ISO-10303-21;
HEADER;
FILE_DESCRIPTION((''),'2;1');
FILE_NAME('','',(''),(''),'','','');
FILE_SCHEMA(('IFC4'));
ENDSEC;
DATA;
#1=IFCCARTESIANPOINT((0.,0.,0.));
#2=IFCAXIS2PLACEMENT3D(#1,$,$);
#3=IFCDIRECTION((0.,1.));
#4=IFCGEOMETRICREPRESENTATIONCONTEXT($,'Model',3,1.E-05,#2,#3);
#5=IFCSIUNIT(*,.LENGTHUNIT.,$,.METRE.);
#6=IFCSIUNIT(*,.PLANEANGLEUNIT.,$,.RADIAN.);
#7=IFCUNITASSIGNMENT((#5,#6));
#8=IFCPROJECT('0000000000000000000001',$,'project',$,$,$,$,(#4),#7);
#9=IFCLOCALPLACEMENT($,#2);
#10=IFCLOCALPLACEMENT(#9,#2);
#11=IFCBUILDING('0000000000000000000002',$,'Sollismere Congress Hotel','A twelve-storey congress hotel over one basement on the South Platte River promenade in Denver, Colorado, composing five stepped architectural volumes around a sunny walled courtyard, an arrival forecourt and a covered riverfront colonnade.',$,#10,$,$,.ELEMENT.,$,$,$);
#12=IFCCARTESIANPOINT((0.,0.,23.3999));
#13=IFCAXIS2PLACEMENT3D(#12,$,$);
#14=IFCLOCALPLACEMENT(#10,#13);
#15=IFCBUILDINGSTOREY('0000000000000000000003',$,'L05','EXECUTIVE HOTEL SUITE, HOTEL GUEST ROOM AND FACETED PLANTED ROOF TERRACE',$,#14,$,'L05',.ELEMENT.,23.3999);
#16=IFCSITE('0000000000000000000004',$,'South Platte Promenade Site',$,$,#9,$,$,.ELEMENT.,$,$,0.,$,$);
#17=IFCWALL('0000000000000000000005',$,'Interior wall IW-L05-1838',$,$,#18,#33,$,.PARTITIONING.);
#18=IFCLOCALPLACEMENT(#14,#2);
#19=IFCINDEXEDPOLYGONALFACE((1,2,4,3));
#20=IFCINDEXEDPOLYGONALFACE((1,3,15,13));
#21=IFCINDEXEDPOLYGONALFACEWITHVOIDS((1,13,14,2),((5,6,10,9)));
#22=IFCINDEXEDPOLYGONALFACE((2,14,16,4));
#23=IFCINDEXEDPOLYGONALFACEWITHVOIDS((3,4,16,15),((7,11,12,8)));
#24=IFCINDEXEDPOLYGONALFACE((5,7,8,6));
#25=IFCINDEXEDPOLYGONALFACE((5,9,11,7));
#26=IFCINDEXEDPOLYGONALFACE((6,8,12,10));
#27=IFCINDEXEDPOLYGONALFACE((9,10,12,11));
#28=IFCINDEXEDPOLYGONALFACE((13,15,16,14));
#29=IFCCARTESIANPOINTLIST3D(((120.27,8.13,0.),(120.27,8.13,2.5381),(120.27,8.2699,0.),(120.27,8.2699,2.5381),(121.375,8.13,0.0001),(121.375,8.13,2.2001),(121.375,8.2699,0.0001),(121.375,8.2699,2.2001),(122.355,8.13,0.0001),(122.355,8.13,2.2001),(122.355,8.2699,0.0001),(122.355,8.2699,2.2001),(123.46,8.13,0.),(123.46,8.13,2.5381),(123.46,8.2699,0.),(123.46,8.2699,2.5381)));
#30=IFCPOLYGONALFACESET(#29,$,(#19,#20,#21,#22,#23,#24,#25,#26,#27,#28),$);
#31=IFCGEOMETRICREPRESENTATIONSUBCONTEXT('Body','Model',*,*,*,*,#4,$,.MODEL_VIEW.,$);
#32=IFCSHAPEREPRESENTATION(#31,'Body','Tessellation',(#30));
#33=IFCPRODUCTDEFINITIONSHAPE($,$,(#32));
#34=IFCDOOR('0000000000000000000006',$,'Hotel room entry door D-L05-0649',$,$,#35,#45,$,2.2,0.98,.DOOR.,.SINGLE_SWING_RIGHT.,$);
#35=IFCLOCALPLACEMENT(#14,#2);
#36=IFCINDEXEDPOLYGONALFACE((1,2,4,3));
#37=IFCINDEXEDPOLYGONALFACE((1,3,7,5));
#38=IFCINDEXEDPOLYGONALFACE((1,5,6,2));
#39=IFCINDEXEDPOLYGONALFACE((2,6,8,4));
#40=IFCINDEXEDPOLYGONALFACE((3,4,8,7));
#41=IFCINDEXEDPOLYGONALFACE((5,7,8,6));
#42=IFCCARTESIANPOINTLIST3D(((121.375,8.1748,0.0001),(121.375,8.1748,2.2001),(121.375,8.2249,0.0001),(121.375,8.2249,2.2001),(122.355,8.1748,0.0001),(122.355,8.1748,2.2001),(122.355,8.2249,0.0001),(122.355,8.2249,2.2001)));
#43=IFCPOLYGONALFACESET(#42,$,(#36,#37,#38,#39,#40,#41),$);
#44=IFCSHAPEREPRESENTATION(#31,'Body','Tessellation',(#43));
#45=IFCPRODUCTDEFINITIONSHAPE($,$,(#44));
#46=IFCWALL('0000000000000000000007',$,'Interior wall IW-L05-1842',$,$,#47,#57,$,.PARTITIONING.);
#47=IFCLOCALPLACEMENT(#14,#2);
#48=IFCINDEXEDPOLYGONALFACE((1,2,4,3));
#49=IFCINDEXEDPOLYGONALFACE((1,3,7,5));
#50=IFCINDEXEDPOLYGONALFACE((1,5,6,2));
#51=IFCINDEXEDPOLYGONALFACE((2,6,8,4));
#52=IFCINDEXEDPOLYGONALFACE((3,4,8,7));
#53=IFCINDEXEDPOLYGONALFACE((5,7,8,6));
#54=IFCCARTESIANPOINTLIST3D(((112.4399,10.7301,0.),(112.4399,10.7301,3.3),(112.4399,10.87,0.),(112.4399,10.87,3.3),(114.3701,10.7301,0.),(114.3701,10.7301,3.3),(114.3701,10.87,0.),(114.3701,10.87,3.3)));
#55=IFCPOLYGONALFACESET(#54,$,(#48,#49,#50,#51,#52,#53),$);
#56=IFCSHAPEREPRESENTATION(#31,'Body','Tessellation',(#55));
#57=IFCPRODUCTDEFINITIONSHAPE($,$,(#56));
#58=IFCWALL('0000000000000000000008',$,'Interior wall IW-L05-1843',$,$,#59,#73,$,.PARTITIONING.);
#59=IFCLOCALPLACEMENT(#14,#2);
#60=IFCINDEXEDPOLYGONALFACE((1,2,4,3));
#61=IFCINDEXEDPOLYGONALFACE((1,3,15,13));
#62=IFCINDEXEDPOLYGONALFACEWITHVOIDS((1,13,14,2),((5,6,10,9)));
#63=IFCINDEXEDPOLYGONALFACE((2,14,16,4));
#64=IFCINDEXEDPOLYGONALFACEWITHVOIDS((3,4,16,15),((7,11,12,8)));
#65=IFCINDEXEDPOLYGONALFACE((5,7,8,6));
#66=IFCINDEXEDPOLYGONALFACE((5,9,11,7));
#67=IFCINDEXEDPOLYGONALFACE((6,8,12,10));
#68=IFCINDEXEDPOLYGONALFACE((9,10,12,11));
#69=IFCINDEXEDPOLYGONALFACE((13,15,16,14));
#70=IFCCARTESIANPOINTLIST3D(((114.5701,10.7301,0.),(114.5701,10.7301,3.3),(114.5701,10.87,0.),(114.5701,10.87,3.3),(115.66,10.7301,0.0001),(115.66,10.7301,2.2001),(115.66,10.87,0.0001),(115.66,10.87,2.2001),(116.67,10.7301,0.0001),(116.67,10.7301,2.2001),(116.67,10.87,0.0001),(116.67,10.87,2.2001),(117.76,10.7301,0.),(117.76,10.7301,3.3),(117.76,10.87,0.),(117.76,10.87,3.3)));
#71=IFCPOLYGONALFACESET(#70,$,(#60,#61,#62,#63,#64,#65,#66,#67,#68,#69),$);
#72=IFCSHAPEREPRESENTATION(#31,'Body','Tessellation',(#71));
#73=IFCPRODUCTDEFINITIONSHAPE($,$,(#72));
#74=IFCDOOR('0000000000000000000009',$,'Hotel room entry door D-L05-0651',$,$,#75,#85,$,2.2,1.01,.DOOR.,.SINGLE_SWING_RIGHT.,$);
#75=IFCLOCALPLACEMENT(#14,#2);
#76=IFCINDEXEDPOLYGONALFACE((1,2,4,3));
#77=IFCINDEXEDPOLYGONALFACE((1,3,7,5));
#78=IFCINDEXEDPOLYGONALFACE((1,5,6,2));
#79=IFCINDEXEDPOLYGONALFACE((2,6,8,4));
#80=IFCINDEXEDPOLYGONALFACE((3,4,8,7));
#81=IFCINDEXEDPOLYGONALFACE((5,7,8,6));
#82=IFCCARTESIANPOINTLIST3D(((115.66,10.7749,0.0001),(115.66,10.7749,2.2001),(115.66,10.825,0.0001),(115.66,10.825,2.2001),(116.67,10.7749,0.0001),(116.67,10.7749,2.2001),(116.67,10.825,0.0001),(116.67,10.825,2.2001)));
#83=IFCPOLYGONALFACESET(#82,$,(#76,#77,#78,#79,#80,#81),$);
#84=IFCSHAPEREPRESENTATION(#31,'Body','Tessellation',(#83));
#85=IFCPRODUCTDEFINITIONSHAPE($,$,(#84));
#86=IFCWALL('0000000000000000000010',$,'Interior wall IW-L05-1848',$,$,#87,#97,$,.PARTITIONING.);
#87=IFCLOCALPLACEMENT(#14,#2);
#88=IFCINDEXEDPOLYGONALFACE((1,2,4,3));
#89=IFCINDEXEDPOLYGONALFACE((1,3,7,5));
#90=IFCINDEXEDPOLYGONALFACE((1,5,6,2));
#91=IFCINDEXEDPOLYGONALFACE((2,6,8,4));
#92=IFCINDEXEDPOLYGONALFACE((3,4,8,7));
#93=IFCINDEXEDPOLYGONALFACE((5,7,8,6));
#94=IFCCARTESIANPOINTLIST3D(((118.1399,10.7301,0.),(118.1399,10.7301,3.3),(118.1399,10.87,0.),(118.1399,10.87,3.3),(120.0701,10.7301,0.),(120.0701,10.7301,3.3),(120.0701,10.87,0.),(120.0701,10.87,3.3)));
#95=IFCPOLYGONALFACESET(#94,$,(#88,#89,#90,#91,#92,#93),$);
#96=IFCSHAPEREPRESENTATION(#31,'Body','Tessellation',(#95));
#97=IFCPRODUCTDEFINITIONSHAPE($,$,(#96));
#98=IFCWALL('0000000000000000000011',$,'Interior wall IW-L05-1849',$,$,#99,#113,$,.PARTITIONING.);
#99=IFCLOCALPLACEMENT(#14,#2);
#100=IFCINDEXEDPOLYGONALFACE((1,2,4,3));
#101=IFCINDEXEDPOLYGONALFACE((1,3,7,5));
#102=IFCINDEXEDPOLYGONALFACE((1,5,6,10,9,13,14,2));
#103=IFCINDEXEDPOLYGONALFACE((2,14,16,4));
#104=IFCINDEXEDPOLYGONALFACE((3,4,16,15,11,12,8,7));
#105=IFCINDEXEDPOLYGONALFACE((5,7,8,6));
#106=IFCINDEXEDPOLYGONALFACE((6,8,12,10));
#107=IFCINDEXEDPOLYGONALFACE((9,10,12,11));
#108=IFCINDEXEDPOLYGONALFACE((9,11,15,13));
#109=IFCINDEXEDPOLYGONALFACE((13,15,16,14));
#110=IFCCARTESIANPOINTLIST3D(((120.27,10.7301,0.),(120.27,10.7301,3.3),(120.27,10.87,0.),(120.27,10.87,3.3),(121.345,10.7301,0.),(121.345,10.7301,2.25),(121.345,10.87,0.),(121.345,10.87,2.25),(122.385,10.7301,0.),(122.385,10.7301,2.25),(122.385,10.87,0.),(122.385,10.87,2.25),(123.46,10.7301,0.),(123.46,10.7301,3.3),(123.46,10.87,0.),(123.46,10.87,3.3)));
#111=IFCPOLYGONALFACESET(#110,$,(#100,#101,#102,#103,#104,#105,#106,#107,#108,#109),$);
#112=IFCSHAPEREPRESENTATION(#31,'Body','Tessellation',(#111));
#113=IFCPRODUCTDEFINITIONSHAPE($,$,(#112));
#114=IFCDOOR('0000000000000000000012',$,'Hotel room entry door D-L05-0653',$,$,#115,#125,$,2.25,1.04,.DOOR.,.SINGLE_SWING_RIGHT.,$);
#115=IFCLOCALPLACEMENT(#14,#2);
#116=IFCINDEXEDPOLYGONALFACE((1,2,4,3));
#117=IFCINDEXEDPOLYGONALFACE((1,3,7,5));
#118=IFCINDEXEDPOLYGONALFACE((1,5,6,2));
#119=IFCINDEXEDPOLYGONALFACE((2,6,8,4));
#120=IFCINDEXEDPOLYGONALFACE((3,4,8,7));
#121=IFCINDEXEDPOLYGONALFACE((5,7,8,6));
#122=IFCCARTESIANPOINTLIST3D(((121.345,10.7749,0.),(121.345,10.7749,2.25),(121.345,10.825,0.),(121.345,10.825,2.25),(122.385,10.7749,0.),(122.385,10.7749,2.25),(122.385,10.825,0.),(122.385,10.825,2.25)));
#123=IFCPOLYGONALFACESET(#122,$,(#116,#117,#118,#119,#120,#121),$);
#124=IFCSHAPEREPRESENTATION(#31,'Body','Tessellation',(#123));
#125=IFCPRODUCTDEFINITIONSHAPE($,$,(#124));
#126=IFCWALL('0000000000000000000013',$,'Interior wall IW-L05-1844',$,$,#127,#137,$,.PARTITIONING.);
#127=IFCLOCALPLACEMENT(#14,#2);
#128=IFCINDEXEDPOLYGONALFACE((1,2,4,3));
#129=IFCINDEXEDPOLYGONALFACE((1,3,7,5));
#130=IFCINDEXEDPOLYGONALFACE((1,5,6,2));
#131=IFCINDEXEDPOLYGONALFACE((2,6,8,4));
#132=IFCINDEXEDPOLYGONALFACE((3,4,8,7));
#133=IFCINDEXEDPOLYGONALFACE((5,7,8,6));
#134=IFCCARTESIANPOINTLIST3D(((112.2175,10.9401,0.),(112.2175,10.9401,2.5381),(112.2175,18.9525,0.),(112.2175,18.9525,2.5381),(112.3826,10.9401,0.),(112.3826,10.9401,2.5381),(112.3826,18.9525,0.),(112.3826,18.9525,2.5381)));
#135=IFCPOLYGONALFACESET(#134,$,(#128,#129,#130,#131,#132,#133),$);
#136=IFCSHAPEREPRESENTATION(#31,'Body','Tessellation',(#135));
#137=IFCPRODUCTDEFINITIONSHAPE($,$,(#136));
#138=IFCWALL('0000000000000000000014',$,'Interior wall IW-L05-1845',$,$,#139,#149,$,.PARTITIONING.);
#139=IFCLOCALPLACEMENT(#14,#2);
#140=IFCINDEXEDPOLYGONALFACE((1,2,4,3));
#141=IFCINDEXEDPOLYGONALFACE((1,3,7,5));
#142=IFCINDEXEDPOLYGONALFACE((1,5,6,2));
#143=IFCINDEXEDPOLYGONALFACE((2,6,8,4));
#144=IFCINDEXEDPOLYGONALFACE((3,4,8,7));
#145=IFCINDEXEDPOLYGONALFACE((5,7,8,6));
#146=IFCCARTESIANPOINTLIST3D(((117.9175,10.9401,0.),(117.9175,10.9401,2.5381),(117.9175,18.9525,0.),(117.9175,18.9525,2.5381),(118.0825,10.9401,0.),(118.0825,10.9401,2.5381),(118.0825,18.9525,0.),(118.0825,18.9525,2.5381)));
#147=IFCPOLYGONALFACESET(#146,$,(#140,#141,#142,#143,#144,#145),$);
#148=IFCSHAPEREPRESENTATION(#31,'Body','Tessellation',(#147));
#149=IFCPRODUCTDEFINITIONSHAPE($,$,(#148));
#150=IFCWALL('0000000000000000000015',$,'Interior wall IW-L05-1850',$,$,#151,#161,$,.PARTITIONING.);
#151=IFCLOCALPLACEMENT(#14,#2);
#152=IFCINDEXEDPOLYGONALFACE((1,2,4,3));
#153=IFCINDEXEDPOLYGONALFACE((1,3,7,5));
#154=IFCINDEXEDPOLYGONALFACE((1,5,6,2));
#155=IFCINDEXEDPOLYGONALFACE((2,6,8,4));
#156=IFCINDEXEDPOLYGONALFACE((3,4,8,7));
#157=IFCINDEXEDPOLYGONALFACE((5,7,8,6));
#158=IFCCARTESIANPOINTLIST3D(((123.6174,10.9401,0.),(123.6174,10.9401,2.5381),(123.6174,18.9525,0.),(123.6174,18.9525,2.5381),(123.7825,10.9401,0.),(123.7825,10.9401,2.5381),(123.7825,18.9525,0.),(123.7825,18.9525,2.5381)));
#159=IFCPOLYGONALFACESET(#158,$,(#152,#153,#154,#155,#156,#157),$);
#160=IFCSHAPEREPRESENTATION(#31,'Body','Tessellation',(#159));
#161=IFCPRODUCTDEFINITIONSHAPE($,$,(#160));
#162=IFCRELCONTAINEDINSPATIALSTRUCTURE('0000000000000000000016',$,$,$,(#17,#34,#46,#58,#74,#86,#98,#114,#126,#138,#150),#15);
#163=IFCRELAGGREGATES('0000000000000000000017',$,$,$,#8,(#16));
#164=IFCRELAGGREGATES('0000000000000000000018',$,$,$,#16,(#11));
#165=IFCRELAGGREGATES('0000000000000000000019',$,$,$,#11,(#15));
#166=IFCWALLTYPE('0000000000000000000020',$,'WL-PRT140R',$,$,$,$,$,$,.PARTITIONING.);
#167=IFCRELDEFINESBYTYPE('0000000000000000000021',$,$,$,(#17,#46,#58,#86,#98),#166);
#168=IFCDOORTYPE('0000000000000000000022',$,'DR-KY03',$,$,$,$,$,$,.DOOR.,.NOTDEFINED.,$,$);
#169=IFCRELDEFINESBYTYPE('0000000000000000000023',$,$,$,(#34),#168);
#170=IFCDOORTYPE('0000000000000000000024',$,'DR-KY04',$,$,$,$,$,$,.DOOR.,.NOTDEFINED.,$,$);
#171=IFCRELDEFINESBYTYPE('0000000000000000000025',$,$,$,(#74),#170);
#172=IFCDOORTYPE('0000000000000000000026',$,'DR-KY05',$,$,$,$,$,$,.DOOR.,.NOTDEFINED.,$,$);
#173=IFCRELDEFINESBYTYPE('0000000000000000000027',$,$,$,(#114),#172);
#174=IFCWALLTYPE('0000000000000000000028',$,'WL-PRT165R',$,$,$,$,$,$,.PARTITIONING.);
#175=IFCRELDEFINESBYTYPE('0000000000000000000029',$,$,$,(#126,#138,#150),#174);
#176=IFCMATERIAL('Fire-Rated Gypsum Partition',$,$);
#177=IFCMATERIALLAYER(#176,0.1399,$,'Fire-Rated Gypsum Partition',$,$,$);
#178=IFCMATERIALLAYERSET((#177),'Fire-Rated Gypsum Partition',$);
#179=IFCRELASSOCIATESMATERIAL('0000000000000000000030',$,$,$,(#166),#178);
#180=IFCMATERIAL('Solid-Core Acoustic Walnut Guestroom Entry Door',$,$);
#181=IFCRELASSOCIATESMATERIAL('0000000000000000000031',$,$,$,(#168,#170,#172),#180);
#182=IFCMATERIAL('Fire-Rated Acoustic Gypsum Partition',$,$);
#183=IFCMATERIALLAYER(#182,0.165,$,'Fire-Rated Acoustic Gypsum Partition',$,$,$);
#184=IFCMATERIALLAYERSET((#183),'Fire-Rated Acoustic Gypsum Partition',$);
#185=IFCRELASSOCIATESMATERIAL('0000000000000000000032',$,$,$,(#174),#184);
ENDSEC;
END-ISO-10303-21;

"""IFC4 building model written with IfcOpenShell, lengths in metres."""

from ifc_helpers import new_model, si_unit, direction, frame, frame_2d, origin, place, context, subcontext, project, spatial, rectangle, extrude, material, layer, layer_set, type_object, element, fill, save


model = new_model("IFC4")

# Units and contexts
model_context = context("Model", 3, precision=1e-05, world=origin(), true_north=direction((0.0, 1.0)))
body_context = subcontext(model_context, "Body", "Model", "MODEL_VIEW")
ifc_project = project(units=[si_unit("LENGTHUNIT", "METRE"), si_unit("PLANEANGLEUNIT", "RADIAN")], contexts=[model_context])

# Site, building, storey
site_placement = place(None, origin())
site = spatial("IfcSite", under=ifc_project, at=site_placement, Name="South Platte Promenade Site", CompositionType="ELEMENT", RefElevation=0.0)
building_placement = place(site_placement, origin())
building = spatial("IfcBuilding", under=site, at=building_placement, Name="Sollismere Congress Hotel", Description="A twelve-storey congress hotel over one basement on the South Platte River promenade in Denver, Colorado, composing five stepped architectural volumes around a sunny walled courtyard, an arrival forecourt and a covered riverfront colonnade.", CompositionType="ELEMENT")
storey_placement = place(building_placement, frame((0.0, 0.0, 23.3999)))
storey = spatial("IfcBuildingStorey", under=building, at=storey_placement, Name="L05", Description="EXECUTIVE HOTEL SUITE, HOTEL GUEST ROOM AND FACETED PLANTED ROOF TERRACE", LongName="L05", CompositionType="ELEMENT", Elevation=23.3999)

# Shared definitions
ifc_material_1 = material(Name="Fire-Rated Gypsum Partition")
ifc_layer_1 = layer(ifc_material_1, 0.1399, Name="Fire-Rated Gypsum Partition")
ifc_layer_set_1 = layer_set([ifc_layer_1], Name="Fire-Rated Gypsum Partition")
wall_type_1 = type_object("IfcWallType", Name="WL-PRT140R", PredefinedType="PARTITIONING", material=ifc_layer_set_1)

# Shared definitions
ifc_material_2 = material(Name="Solid-Core Acoustic Walnut Guestroom Entry Door")

# Wall, opening, door
wall_1_placement = place(storey_placement, frame((120.27, 8.2, 0.0), z_axis=(0.0, 0.0, 1.0), x_axis=(1.0, 0.0, 0.0)))
wall_1 = element("IfcWall", 1, at=wall_1_placement, inside=storey, type_object=wall_type_1, Name="Interior wall IW-L05-1838", PredefinedType="PARTITIONING", context=body_context, shape_type="SweptSolid", body=[
    extrude(rectangle(XDim=3.1899, YDim=0.1399, at=frame_2d((1.595, 0.0))), origin(), (0.0, 0.0, 1.0), 2.5381),
])
opening_1_placement = place(wall_1_placement, frame((1.105, 0.0, 0.0)))
opening_1 = element("IfcOpeningElement", 2, at=opening_1_placement, cuts=wall_1, PredefinedType="OPENING", context=body_context, shape_type="SweptSolid", body=[
    extrude(rectangle(XDim=0.98, YDim=2.2, at=frame_2d((0.49, 1.1001))), frame((0.0, 0.0798, 0.0), z_axis=(0.0, -1.0, 0.0), x_axis=(1.0, 0.0, 0.0)), (0.0, 0.0, 1.0), 0.1599),
])
door_type_1 = type_object("IfcDoorType", Name="DR-KY03", OperationType="NOTDEFINED", PredefinedType="DOOR", material=ifc_material_2)
door_1_placement = place(opening_1_placement, origin())
door_1 = element("IfcDoor", 3, at=door_1_placement, inside=storey, type_object=door_type_1, Name="Hotel room entry door D-L05-0649", OperationType="SINGLE_SWING_RIGHT", OverallHeight=2.2, OverallWidth=0.98, PredefinedType="DOOR", context=body_context, shape_type="SweptSolid", body=[
    extrude(rectangle(XDim=0.98, YDim=2.2, at=frame_2d((0.49, 1.1001))), frame((0.0, 0.0249, 0.0), z_axis=(0.0, -1.0, 0.0), x_axis=(1.0, 0.0, 0.0)), (0.0, 0.0, 1.0), 0.05),
])
fill(opening_1, door_1)

# Wall
wall_2_placement = place(storey_placement, frame((112.4399, 10.8, 0.0), z_axis=(0.0, 0.0, 1.0), x_axis=(1.0, 0.0, 0.0)))
element("IfcWall", 4, at=wall_2_placement, inside=storey, type_object=wall_type_1, Name="Interior wall IW-L05-1842", PredefinedType="PARTITIONING", context=body_context, shape_type="SweptSolid", body=[
    extrude(rectangle(XDim=1.9302, YDim=0.1399, at=frame_2d((0.9651, 0.0))), origin(), (0.0, 0.0, 1.0), 3.3),
])

# Wall, opening, door
wall_3_placement = place(storey_placement, frame((114.5701, 10.8, 0.0), z_axis=(0.0, 0.0, 1.0), x_axis=(1.0, 0.0, 0.0)))
wall_3 = element("IfcWall", 5, at=wall_3_placement, inside=storey, type_object=wall_type_1, Name="Interior wall IW-L05-1843", PredefinedType="PARTITIONING", context=body_context, shape_type="SweptSolid", body=[
    extrude(rectangle(XDim=3.1899, YDim=0.1399, at=frame_2d((1.595, 0.0))), origin(), (0.0, 0.0, 1.0), 3.3),
])
opening_2_placement = place(wall_3_placement, frame((1.0901, 0.0, 0.0)))
opening_2 = element("IfcOpeningElement", 6, at=opening_2_placement, cuts=wall_3, PredefinedType="OPENING", context=body_context, shape_type="SweptSolid", body=[
    extrude(rectangle(XDim=1.01, YDim=2.2, at=frame_2d((0.5049, 1.1001))), frame((0.0, 0.0798, 0.0), z_axis=(0.0, -1.0, 0.0), x_axis=(1.0, 0.0, 0.0)), (0.0, 0.0, 1.0), 0.1599),
])
door_type_2 = type_object("IfcDoorType", Name="DR-KY04", OperationType="NOTDEFINED", PredefinedType="DOOR", material=ifc_material_2)
door_2_placement = place(opening_2_placement, origin())
door_2 = element("IfcDoor", 7, at=door_2_placement, inside=storey, type_object=door_type_2, Name="Hotel room entry door D-L05-0651", OperationType="SINGLE_SWING_RIGHT", OverallHeight=2.2, OverallWidth=1.01, PredefinedType="DOOR", context=body_context, shape_type="SweptSolid", body=[
    extrude(rectangle(XDim=1.01, YDim=2.2, at=frame_2d((0.5049, 1.1001))), frame((0.0, 0.0249, 0.0), z_axis=(0.0, -1.0, 0.0), x_axis=(1.0, 0.0, 0.0)), (0.0, 0.0, 1.0), 0.05),
])
fill(opening_2, door_2)

# Wall
wall_4_placement = place(storey_placement, frame((118.1399, 10.8, 0.0), z_axis=(0.0, 0.0, 1.0), x_axis=(1.0, 0.0, 0.0)))
element("IfcWall", 8, at=wall_4_placement, inside=storey, type_object=wall_type_1, Name="Interior wall IW-L05-1848", PredefinedType="PARTITIONING", context=body_context, shape_type="SweptSolid", body=[
    extrude(rectangle(XDim=1.9302, YDim=0.1399, at=frame_2d((0.9651, 0.0))), origin(), (0.0, 0.0, 1.0), 3.3),
])

# Wall, opening, door
wall_5_placement = place(storey_placement, frame((120.27, 10.8, 0.0), z_axis=(0.0, 0.0, 1.0), x_axis=(1.0, 0.0, 0.0)))
wall_5 = element("IfcWall", 9, at=wall_5_placement, inside=storey, type_object=wall_type_1, Name="Interior wall IW-L05-1849", PredefinedType="PARTITIONING", context=body_context, shape_type="SweptSolid", body=[
    extrude(rectangle(XDim=3.1899, YDim=0.1399, at=frame_2d((1.595, 0.0))), origin(), (0.0, 0.0, 1.0), 3.3),
])
opening_3_placement = place(wall_5_placement, frame((1.075, 0.0, 0.0)))
opening_3 = element("IfcOpeningElement", 10, at=opening_3_placement, cuts=wall_5, PredefinedType="OPENING", context=body_context, shape_type="SweptSolid", body=[
    extrude(rectangle(XDim=1.04, YDim=2.25, at=frame_2d((0.52, 1.125))), frame((0.0, 0.0798, 0.0), z_axis=(0.0, -1.0, 0.0), x_axis=(1.0, 0.0, 0.0)), (0.0, 0.0, 1.0), 0.1599),
])
door_type_3 = type_object("IfcDoorType", Name="DR-KY05", OperationType="NOTDEFINED", PredefinedType="DOOR", material=ifc_material_2)
door_3_placement = place(opening_3_placement, origin())
door_3 = element("IfcDoor", 11, at=door_3_placement, inside=storey, type_object=door_type_3, Name="Hotel room entry door D-L05-0653", OperationType="SINGLE_SWING_RIGHT", OverallHeight=2.25, OverallWidth=1.04, PredefinedType="DOOR", context=body_context, shape_type="SweptSolid", body=[
    extrude(rectangle(XDim=1.04, YDim=2.25, at=frame_2d((0.52, 1.125))), frame((0.0, 0.0249, 0.0), z_axis=(0.0, -1.0, 0.0), x_axis=(1.0, 0.0, 0.0)), (0.0, 0.0, 1.0), 0.05),
])
fill(opening_3, door_3)

# Walls
ifc_material_3 = material(Name="Fire-Rated Acoustic Gypsum Partition")
ifc_layer_2 = layer(ifc_material_3, 0.165, Name="Fire-Rated Acoustic Gypsum Partition")
ifc_layer_set_2 = layer_set([ifc_layer_2], Name="Fire-Rated Acoustic Gypsum Partition")
wall_type_2 = type_object("IfcWallType", Name="WL-PRT165R", PredefinedType="PARTITIONING", material=ifc_layer_set_2)
for number, where, z_axis, x_axis, name in (
    (12, (112.3, 10.9399, 0.0), (0.0, 0.0, 1.0), (0.0, 1.0, 0.0), "Interior wall IW-L05-1844"),
    (13, (118.0, 10.9399, 0.0), (0.0, 0.0, 1.0), (0.0, 1.0, 0.0), "Interior wall IW-L05-1845"),
    (14, (123.7, 10.9399, 0.0), (0.0, 0.0, 1.0), (0.0, 1.0, 0.0), "Interior wall IW-L05-1850"),
):
    element("IfcWall", number, at=place(storey_placement, frame(where, z_axis=z_axis, x_axis=x_axis)), inside=storey, type_object=wall_type_2, Name=name, PredefinedType="PARTITIONING", context=body_context, shape_type="SweptSolid", body=[
        extrude(rectangle(XDim=8.0125, YDim=0.165, at=frame_2d((4.0063, 0.0))), origin(), (0.0, 0.0, 1.0), 2.5381),
    ])

save(model, "model.ifc")
